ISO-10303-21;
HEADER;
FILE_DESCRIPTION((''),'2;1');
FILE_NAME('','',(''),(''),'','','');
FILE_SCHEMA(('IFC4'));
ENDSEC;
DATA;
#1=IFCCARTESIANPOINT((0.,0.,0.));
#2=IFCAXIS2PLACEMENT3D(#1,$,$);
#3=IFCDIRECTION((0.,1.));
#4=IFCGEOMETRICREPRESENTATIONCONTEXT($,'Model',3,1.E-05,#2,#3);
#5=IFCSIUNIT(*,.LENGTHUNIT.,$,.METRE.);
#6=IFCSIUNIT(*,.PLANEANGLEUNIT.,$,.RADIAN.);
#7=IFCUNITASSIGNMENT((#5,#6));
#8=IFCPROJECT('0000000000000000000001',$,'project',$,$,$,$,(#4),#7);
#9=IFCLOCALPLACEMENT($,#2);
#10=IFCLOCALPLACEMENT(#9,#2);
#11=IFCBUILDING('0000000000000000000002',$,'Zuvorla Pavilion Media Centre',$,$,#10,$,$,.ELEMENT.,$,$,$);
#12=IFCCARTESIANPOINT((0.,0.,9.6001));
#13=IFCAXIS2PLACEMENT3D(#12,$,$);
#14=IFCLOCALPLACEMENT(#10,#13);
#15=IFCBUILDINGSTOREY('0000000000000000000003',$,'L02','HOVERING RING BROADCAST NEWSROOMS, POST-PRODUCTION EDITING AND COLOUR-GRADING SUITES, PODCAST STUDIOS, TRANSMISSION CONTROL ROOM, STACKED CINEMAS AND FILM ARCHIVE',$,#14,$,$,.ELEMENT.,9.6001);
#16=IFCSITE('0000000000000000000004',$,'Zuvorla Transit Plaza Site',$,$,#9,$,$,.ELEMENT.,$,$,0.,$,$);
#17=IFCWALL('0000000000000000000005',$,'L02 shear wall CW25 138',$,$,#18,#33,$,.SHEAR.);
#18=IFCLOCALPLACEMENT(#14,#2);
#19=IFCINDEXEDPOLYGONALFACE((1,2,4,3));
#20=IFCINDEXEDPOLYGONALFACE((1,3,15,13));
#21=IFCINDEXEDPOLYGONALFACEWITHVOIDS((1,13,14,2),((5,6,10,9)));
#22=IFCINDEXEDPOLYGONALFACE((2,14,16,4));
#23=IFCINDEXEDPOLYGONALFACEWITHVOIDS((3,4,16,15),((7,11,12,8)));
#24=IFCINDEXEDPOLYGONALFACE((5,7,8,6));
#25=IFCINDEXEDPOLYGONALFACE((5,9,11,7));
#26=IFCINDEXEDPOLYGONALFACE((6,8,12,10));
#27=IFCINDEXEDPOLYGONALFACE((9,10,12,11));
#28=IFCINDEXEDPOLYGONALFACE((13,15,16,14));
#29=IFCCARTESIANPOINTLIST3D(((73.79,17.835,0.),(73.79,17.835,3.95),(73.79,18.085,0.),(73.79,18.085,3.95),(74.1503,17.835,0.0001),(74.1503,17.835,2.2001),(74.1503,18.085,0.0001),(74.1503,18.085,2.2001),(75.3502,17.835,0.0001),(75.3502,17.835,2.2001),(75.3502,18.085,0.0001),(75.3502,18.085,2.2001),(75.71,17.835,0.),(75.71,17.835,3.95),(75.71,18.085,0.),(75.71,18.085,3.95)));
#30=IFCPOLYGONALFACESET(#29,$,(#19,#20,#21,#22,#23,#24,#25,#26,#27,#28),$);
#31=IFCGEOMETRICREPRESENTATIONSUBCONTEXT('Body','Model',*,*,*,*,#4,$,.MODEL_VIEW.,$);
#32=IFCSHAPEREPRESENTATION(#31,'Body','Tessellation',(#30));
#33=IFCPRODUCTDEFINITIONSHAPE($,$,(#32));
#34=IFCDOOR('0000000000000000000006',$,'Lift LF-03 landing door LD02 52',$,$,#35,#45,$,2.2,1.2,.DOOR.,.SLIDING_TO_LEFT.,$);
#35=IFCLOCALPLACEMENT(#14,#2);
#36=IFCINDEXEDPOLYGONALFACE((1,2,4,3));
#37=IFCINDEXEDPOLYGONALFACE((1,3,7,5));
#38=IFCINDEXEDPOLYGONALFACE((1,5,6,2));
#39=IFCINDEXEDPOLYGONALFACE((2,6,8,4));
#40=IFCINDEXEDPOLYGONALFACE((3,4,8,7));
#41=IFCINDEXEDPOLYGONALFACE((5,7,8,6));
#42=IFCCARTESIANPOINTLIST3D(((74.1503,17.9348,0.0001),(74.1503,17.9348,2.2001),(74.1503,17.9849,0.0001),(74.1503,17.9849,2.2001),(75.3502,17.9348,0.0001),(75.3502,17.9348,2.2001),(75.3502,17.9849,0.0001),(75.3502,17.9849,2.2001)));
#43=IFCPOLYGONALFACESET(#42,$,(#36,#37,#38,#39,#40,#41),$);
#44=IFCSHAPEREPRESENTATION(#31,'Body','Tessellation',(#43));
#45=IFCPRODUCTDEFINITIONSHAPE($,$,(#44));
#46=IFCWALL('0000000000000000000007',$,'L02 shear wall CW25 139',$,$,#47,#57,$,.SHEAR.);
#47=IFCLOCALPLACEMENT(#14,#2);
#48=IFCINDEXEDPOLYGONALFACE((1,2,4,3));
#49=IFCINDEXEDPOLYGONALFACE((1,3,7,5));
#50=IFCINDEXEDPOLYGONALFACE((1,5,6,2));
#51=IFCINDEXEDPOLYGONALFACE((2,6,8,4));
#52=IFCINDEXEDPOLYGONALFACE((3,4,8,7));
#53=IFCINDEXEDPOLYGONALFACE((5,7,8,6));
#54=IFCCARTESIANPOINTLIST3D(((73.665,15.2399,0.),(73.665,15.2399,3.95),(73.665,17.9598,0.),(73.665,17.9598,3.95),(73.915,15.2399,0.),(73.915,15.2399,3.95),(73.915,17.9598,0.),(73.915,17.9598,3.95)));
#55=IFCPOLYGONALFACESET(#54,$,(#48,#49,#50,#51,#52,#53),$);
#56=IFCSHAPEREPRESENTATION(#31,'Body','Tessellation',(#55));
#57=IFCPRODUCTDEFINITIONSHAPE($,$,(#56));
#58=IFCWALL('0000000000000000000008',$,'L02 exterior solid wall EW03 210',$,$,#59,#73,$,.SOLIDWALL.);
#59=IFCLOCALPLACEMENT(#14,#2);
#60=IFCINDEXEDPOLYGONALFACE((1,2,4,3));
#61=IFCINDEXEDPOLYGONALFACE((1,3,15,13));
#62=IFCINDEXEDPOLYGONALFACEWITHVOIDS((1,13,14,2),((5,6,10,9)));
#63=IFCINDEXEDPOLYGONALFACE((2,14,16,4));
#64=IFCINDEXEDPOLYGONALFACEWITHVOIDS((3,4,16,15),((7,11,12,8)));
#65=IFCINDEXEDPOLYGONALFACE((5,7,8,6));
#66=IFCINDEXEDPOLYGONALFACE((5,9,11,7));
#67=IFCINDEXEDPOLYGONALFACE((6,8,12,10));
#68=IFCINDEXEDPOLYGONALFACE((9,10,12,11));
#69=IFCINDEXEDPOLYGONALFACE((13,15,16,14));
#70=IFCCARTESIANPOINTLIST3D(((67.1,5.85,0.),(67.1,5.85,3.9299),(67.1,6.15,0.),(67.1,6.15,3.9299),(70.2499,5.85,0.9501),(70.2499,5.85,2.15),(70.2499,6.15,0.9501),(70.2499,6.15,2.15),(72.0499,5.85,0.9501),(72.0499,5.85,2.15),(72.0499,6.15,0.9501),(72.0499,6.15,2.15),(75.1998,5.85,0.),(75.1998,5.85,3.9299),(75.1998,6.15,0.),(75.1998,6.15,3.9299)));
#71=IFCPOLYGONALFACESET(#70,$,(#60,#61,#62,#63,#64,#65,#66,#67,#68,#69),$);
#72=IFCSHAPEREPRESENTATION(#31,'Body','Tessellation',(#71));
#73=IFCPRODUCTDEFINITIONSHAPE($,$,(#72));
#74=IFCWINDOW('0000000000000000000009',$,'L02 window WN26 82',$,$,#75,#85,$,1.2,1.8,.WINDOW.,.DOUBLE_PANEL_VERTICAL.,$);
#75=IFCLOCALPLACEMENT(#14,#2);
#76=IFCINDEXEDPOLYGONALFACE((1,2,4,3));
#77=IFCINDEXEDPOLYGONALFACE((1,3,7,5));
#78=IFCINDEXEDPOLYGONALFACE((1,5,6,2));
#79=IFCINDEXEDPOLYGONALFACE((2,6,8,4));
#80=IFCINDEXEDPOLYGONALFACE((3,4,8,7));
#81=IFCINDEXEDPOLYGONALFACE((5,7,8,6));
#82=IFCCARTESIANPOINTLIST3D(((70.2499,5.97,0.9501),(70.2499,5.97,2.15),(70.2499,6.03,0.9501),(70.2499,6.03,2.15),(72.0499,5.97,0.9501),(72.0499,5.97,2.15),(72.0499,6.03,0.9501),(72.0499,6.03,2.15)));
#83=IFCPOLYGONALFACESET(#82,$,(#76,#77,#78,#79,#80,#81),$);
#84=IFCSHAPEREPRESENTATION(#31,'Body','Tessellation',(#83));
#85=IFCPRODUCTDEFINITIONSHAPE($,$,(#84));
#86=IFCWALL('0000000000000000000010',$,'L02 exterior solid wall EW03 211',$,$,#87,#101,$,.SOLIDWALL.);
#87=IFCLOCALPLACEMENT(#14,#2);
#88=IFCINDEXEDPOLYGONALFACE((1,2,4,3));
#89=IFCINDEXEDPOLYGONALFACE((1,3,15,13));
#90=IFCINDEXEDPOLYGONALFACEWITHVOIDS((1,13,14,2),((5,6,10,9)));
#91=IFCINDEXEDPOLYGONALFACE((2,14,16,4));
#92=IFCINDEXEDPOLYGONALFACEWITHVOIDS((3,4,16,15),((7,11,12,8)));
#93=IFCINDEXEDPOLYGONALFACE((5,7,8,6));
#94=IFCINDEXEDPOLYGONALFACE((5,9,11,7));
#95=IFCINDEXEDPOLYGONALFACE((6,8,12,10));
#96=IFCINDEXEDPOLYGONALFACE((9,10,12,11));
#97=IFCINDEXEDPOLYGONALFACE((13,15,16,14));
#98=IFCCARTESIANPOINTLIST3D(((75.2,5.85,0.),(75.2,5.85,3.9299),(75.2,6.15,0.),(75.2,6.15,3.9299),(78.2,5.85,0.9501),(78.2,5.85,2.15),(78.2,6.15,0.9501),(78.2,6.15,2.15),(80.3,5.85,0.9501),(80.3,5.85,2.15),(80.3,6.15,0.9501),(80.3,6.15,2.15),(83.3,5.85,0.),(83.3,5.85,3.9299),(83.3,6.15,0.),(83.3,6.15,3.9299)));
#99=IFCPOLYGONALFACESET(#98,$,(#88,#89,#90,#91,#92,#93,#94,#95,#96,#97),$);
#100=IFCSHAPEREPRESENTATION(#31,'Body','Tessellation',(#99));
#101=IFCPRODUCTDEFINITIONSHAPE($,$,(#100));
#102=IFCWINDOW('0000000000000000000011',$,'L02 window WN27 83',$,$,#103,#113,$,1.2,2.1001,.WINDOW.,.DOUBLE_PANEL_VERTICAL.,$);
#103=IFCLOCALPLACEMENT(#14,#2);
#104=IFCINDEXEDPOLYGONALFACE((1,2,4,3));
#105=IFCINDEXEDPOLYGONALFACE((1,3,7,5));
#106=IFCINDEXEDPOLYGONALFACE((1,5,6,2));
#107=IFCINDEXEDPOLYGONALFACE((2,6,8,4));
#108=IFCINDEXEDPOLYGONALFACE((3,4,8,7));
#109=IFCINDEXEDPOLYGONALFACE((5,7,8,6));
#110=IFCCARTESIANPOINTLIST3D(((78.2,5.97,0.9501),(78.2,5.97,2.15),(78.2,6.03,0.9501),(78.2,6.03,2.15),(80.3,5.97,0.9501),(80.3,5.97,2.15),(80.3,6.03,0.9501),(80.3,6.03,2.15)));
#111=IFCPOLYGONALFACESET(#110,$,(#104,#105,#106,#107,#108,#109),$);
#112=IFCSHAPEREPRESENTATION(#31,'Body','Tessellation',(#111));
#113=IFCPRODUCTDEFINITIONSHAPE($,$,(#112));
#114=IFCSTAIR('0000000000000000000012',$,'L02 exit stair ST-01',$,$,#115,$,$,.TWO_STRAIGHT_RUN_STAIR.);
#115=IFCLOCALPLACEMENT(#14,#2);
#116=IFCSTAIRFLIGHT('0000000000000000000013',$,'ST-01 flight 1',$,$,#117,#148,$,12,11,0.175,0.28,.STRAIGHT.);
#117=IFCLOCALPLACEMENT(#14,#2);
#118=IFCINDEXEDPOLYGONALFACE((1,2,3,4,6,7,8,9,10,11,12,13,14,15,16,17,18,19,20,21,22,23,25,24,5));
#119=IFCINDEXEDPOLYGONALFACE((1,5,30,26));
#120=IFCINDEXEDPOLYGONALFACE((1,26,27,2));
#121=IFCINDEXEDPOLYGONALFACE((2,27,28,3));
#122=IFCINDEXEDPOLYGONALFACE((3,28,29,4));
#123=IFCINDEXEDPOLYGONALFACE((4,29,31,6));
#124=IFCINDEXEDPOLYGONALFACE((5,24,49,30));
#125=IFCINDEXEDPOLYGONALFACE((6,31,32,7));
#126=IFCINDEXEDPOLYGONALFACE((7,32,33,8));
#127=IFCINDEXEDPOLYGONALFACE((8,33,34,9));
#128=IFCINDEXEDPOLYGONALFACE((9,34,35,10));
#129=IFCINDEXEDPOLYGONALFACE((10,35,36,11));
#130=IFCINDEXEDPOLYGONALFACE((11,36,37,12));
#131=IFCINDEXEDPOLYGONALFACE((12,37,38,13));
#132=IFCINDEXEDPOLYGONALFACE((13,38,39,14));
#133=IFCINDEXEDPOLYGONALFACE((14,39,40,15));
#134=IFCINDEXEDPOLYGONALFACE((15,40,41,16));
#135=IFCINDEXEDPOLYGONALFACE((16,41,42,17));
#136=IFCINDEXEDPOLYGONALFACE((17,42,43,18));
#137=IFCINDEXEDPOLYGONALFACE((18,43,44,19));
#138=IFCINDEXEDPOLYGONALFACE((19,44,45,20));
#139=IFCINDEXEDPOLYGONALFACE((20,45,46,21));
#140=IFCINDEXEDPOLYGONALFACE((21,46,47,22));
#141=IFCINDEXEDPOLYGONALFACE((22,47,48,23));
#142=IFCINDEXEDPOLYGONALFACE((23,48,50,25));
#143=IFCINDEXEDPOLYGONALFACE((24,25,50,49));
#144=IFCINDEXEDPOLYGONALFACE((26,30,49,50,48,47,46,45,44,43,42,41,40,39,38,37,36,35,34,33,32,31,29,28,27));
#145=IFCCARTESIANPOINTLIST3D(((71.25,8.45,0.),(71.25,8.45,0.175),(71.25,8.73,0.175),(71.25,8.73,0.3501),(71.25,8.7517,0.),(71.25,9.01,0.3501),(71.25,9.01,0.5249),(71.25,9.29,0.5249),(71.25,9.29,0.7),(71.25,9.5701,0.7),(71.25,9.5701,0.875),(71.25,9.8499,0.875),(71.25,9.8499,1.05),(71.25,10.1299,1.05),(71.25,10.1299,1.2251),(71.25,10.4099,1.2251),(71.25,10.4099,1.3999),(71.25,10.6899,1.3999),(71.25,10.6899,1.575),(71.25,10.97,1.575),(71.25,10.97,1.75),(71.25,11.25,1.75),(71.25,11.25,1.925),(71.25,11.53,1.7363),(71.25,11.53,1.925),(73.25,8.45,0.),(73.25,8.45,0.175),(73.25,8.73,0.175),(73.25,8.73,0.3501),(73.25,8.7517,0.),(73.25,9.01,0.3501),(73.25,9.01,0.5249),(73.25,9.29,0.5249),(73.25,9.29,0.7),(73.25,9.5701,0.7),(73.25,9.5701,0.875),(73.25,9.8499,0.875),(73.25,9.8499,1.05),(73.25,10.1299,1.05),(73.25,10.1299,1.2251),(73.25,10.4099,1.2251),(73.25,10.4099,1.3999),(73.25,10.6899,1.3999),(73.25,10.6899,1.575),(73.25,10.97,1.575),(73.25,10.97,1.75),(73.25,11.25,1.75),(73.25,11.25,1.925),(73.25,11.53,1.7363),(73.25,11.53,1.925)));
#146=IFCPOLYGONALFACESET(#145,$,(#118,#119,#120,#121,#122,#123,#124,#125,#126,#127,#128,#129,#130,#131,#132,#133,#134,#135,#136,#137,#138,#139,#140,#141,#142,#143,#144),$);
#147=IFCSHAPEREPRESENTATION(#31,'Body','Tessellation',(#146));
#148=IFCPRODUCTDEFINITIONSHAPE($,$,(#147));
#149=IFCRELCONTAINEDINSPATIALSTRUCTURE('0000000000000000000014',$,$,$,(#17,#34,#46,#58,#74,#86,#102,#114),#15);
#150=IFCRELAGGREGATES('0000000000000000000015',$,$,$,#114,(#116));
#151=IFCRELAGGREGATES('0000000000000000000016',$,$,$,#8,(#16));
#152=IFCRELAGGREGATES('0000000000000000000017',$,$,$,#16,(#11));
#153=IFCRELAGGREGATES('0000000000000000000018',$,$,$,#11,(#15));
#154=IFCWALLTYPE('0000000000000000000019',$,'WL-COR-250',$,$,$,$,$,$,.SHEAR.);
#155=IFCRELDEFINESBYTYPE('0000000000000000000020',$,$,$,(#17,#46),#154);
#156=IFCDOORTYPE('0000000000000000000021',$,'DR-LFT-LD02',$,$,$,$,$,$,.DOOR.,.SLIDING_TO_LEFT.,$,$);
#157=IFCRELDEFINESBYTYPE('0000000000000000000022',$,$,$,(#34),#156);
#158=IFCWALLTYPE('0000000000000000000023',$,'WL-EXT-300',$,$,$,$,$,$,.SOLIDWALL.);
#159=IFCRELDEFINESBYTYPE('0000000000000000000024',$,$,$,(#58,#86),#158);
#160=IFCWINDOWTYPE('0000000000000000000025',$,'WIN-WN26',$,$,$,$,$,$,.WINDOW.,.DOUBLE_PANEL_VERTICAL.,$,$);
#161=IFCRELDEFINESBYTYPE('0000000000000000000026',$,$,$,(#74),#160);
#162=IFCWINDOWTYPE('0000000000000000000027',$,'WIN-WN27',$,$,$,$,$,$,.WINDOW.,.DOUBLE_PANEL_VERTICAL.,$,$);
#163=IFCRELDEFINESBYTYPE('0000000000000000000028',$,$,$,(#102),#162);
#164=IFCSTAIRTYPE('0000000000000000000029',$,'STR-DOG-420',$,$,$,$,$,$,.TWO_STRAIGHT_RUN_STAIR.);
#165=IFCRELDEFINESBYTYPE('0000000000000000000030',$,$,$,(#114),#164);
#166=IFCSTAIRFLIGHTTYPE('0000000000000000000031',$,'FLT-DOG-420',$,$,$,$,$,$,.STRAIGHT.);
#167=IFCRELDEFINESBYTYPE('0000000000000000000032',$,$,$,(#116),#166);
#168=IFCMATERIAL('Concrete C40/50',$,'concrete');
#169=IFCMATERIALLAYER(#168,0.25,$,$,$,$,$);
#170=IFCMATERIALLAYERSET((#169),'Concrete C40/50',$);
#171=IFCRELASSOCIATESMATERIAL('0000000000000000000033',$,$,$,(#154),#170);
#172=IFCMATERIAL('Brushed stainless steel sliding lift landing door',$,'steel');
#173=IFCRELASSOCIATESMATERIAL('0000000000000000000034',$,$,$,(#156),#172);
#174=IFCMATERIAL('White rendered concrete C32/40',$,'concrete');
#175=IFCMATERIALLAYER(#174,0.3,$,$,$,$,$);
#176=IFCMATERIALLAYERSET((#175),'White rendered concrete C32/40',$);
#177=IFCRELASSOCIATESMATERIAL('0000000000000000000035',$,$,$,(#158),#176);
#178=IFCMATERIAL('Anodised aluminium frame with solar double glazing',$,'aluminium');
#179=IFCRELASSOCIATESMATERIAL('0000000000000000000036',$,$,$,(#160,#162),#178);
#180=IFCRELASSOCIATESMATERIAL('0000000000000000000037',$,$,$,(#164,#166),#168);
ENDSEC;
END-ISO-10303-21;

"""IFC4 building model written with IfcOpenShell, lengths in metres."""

from ifc_helpers import new_model, si_unit, direction, frame, frame_2d, origin, place, context, subcontext, project, spatial, polyline, rectangle, outline, extrude, material, layer, layer_set, type_object, element, fill, aggregate, save


model = new_model("IFC4")

# Units and contexts
model_context = context("Model", 3, precision=1e-05, world=origin(), true_north=direction((0.0, 1.0)))
body_context = subcontext(model_context, "Body", "Model", "MODEL_VIEW")
ifc_project = project(units=[si_unit("LENGTHUNIT", "METRE"), si_unit("PLANEANGLEUNIT", "RADIAN")], contexts=[model_context])

# Site, building, storey
site_placement = place(None, origin())
site = spatial("IfcSite", under=ifc_project, at=site_placement, Name="Zuvorla Transit Plaza Site", CompositionType="ELEMENT", RefElevation=0.0)
building_placement = place(site_placement, origin())
building = spatial("IfcBuilding", under=site, at=building_placement, Name="Zuvorla Pavilion Media Centre", CompositionType="ELEMENT")
storey_placement = place(building_placement, frame((0.0, 0.0, 9.6001)))
storey = spatial("IfcBuildingStorey", under=building, at=storey_placement, Name="L02", Description="HOVERING RING BROADCAST NEWSROOMS, POST-PRODUCTION EDITING AND COLOUR-GRADING SUITES, PODCAST STUDIOS, TRANSMISSION CONTROL ROOM, STACKED CINEMAS AND FILM ARCHIVE", CompositionType="ELEMENT", Elevation=9.6001)

# Shared definitions
ifc_material_1 = material(Name="Concrete C40/50", Category="concrete")

# Shared definitions
ifc_layer_1 = layer(ifc_material_1, 0.25)
ifc_layer_set_1 = layer_set([ifc_layer_1], Name="Concrete C40/50")
wall_type_1 = type_object("IfcWallType", Name="WL-COR-250", PredefinedType="SHEAR", material=ifc_layer_set_1)

# Shared definitions
ifc_material_2 = material(Name="Brushed stainless steel sliding lift landing door", Category="steel")

# Wall, opening, door
wall_1_placement = place(storey_placement, frame((73.79, 17.96, 0.0), z_axis=(0.0, 0.0, 1.0), x_axis=(1.0, 0.0, 0.0)))
wall_1 = element("IfcWall", 1, at=wall_1_placement, inside=storey, type_object=wall_type_1, Name="L02 shear wall CW25 138", PredefinedType="SHEAR", context=body_context, shape_type="SweptSolid", body=[
    extrude(rectangle(XDim=1.9199, YDim=0.25, at=frame_2d((0.96, 0.0))), origin(), (0.0, 0.0, 1.0), 3.95),
])
opening_1_placement = place(wall_1_placement, frame((0.3601, 0.0, 0.0)))
opening_1 = element("IfcOpeningElement", 2, at=opening_1_placement, cuts=wall_1, PredefinedType="OPENING", context=body_context, shape_type="SweptSolid", body=[
    extrude(rectangle(XDim=1.2, YDim=2.2, at=frame_2d((0.6001, 1.1001))), frame((0.0, 0.135, 0.0), z_axis=(0.0, -1.0, 0.0), x_axis=(1.0, 0.0, 0.0)), (0.0, 0.0, 1.0), 0.27),
])
door_type_1 = type_object("IfcDoorType", Name="DR-LFT-LD02", OperationType="SLIDING_TO_LEFT", PredefinedType="DOOR", material=ifc_material_2)
door_1_placement = place(opening_1_placement, origin())
door_1 = element("IfcDoor", 3, at=door_1_placement, inside=storey, type_object=door_type_1, Name="Lift LF-03 landing door LD02 52", OperationType="SLIDING_TO_LEFT", OverallHeight=2.2, OverallWidth=1.2, PredefinedType="DOOR", context=body_context, shape_type="SweptSolid", body=[
    extrude(rectangle(XDim=1.2, YDim=2.2, at=frame_2d((0.6001, 1.1001))), frame((0.0, 0.0249, 0.0), z_axis=(0.0, -1.0, 0.0), x_axis=(1.0, 0.0, 0.0)), (0.0, 0.0, 1.0), 0.05),
])
fill(opening_1, door_1)

# Wall
wall_2_placement = place(storey_placement, frame((73.79, 15.24, 0.0), z_axis=(0.0, 0.0, 1.0), x_axis=(0.0, 1.0, 0.0)))
element("IfcWall", 4, at=wall_2_placement, inside=storey, type_object=wall_type_1, Name="L02 shear wall CW25 139", PredefinedType="SHEAR", context=body_context, shape_type="SweptSolid", body=[
    extrude(rectangle(XDim=2.72, YDim=0.25, at=frame_2d((1.3599, 0.0))), origin(), (0.0, 0.0, 1.0), 3.95),
])

# Walls, openings, windows
ifc_material_3 = material(Name="White rendered concrete C32/40", Category="concrete")
ifc_layer_2 = layer(ifc_material_3, 0.3)
ifc_layer_set_2 = layer_set([ifc_layer_2], Name="White rendered concrete C32/40")
wall_type_2 = type_object("IfcWallType", Name="WL-EXT-300", PredefinedType="SOLIDWALL", material=ifc_layer_set_2)
wall_3_placement = place(storey_placement, frame((67.1001, 6.0, 0.0), z_axis=(0.0, 0.0, 1.0), x_axis=(1.0, 0.0, 0.0)))
wall_3 = element("IfcWall", 5, at=wall_3_placement, inside=storey, type_object=wall_type_2, Name="L02 exterior solid wall EW03 210", PredefinedType="SOLIDWALL", context=body_context, shape_type="SweptSolid", body=[
    extrude(rectangle(XDim=8.0999, YDim=0.3, at=frame_2d((4.0498, 0.0))), origin(), (0.0, 0.0, 1.0), 3.9299),
])
opening_2_placement = place(wall_3_placement, frame((3.1499, 0.0, 0.95)))
opening_2 = element("IfcOpeningElement", 6, at=opening_2_placement, cuts=wall_3, PredefinedType="OPENING", context=body_context, shape_type="SweptSolid", body=[
    extrude(rectangle(XDim=1.8, YDim=1.2, at=frame_2d((0.8999, 0.6001))), frame((0.0, 0.1599, 0.0), z_axis=(0.0, -1.0, 0.0), x_axis=(1.0, 0.0, 0.0)), (0.0, 0.0, 1.0), 0.3201),
])
ifc_material_4 = material(Name="Anodised aluminium frame with solar double glazing", Category="aluminium")
window_type_1 = type_object("IfcWindowType", Name="WIN-WN26", PartitioningType="DOUBLE_PANEL_VERTICAL", PredefinedType="WINDOW", material=ifc_material_4)
window_1_placement = place(opening_2_placement, origin())
window_1 = element("IfcWindow", 7, at=window_1_placement, inside=storey, type_object=window_type_1, Name="L02 window WN26 82", OverallHeight=1.2, OverallWidth=1.8, PartitioningType="DOUBLE_PANEL_VERTICAL", PredefinedType="WINDOW", context=body_context, shape_type="SweptSolid", body=[
    extrude(rectangle(XDim=1.8, YDim=1.2, at=frame_2d((0.8999, 0.6001))), frame((0.0, 0.03, 0.0), z_axis=(0.0, -1.0, 0.0), x_axis=(1.0, 0.0, 0.0)), (0.0, 0.0, 1.0), 0.0601),
])
fill(opening_2, window_1)
wall_4_placement = place(storey_placement, frame((75.2, 6.0, 0.0), z_axis=(0.0, 0.0, 1.0), x_axis=(1.0, 0.0, 0.0)))
wall_4 = element("IfcWall", 8, at=wall_4_placement, inside=storey, type_object=wall_type_2, Name="L02 exterior solid wall EW03 211", PredefinedType="SOLIDWALL", context=body_context, shape_type="SweptSolid", body=[
    extrude(rectangle(XDim=8.1001, YDim=0.3, at=frame_2d((4.05, 0.0))), origin(), (0.0, 0.0, 1.0), 3.9299),
])
opening_3_placement = place(wall_4_placement, frame((3.0, 0.0, 0.95)))
opening_3 = element("IfcOpeningElement", 9, at=opening_3_placement, cuts=wall_4, PredefinedType="OPENING", context=body_context, shape_type="SweptSolid", body=[
    extrude(rectangle(XDim=2.1001, YDim=1.2, at=frame_2d((1.05, 0.6001))), frame((0.0, 0.1599, 0.0), z_axis=(0.0, -1.0, 0.0), x_axis=(1.0, 0.0, 0.0)), (0.0, 0.0, 1.0), 0.3201),
])
window_type_2 = type_object("IfcWindowType", Name="WIN-WN27", PartitioningType="DOUBLE_PANEL_VERTICAL", PredefinedType="WINDOW", material=ifc_material_4)
window_2_placement = place(opening_3_placement, origin())
window_2 = element("IfcWindow", 10, at=window_2_placement, inside=storey, type_object=window_type_2, Name="L02 window WN27 83", OverallHeight=1.2, OverallWidth=2.1001, PartitioningType="DOUBLE_PANEL_VERTICAL", PredefinedType="WINDOW", context=body_context, shape_type="SweptSolid", body=[
    extrude(rectangle(XDim=2.1001, YDim=1.2, at=frame_2d((1.05, 0.6001))), frame((0.0, 0.03, 0.0), z_axis=(0.0, -1.0, 0.0), x_axis=(1.0, 0.0, 0.0)), (0.0, 0.0, 1.0), 0.0601),
])
fill(opening_3, window_2)

# Stair, stair flight
stair_type = type_object("IfcStairType", Name="STR-DOG-420", PredefinedType="TWO_STRAIGHT_RUN_STAIR", material=ifc_material_1)
stair_placement = place(storey_placement, origin())
stair = element("IfcStair", 11, at=stair_placement, inside=storey, type_object=stair_type, Name="L02 exit stair ST-01", PredefinedType="TWO_STRAIGHT_RUN_STAIR")
stair_flight_type = type_object("IfcStairFlightType", Name="FLT-DOG-420", PredefinedType="STRAIGHT", material=ifc_material_1)
stair_flight_1_placement = place(storey_placement, frame((72.25, 8.45, 0.0), z_axis=(0.0, 0.0, 1.0), x_axis=(0.0, 1.0, 0.0)))
stair_flight_1 = element("IfcStairFlight", 12, at=stair_flight_1_placement, type_object=stair_flight_type, Name="ST-01 flight 1", NumberOfRisers=12, NumberOfTreads=11, PredefinedType="STRAIGHT", RiserHeight=0.175, TreadLength=0.28, context=body_context, shape_type="SweptSolid", body=[
    extrude(outline(polyline([(0.0, 0.0), (0.0, 0.175), (0.28, 0.175), (0.28, 0.3501), (0.5601, 0.3501), (0.5601, 0.5249), (0.8401, 0.5249), (0.8401, 0.7), (1.1201, 0.7), (1.1201, 0.875), (1.3999, 0.875), (1.3999, 1.05), (1.6799, 1.05), (1.6799, 1.2251), (1.96, 1.2251), (1.96, 1.3999), (2.24, 1.3999), (2.24, 1.575), (2.52, 1.575), (2.52, 1.75), (2.8, 1.75), (2.8, 1.925), (3.0801, 1.925), (3.0801, 2.1001), (3.0801, 1.7363), (0.3018, 0.0), (0.0, 0.0)])), frame((0.0, 1.0, 0.0), z_axis=(0.0, -1.0, 0.0), x_axis=(1.0, 0.0, 0.0)), (0.0, 0.0, 1.0), 2.0),
])
aggregate(stair, [stair_flight_1])

save(model, "model.ifc")
